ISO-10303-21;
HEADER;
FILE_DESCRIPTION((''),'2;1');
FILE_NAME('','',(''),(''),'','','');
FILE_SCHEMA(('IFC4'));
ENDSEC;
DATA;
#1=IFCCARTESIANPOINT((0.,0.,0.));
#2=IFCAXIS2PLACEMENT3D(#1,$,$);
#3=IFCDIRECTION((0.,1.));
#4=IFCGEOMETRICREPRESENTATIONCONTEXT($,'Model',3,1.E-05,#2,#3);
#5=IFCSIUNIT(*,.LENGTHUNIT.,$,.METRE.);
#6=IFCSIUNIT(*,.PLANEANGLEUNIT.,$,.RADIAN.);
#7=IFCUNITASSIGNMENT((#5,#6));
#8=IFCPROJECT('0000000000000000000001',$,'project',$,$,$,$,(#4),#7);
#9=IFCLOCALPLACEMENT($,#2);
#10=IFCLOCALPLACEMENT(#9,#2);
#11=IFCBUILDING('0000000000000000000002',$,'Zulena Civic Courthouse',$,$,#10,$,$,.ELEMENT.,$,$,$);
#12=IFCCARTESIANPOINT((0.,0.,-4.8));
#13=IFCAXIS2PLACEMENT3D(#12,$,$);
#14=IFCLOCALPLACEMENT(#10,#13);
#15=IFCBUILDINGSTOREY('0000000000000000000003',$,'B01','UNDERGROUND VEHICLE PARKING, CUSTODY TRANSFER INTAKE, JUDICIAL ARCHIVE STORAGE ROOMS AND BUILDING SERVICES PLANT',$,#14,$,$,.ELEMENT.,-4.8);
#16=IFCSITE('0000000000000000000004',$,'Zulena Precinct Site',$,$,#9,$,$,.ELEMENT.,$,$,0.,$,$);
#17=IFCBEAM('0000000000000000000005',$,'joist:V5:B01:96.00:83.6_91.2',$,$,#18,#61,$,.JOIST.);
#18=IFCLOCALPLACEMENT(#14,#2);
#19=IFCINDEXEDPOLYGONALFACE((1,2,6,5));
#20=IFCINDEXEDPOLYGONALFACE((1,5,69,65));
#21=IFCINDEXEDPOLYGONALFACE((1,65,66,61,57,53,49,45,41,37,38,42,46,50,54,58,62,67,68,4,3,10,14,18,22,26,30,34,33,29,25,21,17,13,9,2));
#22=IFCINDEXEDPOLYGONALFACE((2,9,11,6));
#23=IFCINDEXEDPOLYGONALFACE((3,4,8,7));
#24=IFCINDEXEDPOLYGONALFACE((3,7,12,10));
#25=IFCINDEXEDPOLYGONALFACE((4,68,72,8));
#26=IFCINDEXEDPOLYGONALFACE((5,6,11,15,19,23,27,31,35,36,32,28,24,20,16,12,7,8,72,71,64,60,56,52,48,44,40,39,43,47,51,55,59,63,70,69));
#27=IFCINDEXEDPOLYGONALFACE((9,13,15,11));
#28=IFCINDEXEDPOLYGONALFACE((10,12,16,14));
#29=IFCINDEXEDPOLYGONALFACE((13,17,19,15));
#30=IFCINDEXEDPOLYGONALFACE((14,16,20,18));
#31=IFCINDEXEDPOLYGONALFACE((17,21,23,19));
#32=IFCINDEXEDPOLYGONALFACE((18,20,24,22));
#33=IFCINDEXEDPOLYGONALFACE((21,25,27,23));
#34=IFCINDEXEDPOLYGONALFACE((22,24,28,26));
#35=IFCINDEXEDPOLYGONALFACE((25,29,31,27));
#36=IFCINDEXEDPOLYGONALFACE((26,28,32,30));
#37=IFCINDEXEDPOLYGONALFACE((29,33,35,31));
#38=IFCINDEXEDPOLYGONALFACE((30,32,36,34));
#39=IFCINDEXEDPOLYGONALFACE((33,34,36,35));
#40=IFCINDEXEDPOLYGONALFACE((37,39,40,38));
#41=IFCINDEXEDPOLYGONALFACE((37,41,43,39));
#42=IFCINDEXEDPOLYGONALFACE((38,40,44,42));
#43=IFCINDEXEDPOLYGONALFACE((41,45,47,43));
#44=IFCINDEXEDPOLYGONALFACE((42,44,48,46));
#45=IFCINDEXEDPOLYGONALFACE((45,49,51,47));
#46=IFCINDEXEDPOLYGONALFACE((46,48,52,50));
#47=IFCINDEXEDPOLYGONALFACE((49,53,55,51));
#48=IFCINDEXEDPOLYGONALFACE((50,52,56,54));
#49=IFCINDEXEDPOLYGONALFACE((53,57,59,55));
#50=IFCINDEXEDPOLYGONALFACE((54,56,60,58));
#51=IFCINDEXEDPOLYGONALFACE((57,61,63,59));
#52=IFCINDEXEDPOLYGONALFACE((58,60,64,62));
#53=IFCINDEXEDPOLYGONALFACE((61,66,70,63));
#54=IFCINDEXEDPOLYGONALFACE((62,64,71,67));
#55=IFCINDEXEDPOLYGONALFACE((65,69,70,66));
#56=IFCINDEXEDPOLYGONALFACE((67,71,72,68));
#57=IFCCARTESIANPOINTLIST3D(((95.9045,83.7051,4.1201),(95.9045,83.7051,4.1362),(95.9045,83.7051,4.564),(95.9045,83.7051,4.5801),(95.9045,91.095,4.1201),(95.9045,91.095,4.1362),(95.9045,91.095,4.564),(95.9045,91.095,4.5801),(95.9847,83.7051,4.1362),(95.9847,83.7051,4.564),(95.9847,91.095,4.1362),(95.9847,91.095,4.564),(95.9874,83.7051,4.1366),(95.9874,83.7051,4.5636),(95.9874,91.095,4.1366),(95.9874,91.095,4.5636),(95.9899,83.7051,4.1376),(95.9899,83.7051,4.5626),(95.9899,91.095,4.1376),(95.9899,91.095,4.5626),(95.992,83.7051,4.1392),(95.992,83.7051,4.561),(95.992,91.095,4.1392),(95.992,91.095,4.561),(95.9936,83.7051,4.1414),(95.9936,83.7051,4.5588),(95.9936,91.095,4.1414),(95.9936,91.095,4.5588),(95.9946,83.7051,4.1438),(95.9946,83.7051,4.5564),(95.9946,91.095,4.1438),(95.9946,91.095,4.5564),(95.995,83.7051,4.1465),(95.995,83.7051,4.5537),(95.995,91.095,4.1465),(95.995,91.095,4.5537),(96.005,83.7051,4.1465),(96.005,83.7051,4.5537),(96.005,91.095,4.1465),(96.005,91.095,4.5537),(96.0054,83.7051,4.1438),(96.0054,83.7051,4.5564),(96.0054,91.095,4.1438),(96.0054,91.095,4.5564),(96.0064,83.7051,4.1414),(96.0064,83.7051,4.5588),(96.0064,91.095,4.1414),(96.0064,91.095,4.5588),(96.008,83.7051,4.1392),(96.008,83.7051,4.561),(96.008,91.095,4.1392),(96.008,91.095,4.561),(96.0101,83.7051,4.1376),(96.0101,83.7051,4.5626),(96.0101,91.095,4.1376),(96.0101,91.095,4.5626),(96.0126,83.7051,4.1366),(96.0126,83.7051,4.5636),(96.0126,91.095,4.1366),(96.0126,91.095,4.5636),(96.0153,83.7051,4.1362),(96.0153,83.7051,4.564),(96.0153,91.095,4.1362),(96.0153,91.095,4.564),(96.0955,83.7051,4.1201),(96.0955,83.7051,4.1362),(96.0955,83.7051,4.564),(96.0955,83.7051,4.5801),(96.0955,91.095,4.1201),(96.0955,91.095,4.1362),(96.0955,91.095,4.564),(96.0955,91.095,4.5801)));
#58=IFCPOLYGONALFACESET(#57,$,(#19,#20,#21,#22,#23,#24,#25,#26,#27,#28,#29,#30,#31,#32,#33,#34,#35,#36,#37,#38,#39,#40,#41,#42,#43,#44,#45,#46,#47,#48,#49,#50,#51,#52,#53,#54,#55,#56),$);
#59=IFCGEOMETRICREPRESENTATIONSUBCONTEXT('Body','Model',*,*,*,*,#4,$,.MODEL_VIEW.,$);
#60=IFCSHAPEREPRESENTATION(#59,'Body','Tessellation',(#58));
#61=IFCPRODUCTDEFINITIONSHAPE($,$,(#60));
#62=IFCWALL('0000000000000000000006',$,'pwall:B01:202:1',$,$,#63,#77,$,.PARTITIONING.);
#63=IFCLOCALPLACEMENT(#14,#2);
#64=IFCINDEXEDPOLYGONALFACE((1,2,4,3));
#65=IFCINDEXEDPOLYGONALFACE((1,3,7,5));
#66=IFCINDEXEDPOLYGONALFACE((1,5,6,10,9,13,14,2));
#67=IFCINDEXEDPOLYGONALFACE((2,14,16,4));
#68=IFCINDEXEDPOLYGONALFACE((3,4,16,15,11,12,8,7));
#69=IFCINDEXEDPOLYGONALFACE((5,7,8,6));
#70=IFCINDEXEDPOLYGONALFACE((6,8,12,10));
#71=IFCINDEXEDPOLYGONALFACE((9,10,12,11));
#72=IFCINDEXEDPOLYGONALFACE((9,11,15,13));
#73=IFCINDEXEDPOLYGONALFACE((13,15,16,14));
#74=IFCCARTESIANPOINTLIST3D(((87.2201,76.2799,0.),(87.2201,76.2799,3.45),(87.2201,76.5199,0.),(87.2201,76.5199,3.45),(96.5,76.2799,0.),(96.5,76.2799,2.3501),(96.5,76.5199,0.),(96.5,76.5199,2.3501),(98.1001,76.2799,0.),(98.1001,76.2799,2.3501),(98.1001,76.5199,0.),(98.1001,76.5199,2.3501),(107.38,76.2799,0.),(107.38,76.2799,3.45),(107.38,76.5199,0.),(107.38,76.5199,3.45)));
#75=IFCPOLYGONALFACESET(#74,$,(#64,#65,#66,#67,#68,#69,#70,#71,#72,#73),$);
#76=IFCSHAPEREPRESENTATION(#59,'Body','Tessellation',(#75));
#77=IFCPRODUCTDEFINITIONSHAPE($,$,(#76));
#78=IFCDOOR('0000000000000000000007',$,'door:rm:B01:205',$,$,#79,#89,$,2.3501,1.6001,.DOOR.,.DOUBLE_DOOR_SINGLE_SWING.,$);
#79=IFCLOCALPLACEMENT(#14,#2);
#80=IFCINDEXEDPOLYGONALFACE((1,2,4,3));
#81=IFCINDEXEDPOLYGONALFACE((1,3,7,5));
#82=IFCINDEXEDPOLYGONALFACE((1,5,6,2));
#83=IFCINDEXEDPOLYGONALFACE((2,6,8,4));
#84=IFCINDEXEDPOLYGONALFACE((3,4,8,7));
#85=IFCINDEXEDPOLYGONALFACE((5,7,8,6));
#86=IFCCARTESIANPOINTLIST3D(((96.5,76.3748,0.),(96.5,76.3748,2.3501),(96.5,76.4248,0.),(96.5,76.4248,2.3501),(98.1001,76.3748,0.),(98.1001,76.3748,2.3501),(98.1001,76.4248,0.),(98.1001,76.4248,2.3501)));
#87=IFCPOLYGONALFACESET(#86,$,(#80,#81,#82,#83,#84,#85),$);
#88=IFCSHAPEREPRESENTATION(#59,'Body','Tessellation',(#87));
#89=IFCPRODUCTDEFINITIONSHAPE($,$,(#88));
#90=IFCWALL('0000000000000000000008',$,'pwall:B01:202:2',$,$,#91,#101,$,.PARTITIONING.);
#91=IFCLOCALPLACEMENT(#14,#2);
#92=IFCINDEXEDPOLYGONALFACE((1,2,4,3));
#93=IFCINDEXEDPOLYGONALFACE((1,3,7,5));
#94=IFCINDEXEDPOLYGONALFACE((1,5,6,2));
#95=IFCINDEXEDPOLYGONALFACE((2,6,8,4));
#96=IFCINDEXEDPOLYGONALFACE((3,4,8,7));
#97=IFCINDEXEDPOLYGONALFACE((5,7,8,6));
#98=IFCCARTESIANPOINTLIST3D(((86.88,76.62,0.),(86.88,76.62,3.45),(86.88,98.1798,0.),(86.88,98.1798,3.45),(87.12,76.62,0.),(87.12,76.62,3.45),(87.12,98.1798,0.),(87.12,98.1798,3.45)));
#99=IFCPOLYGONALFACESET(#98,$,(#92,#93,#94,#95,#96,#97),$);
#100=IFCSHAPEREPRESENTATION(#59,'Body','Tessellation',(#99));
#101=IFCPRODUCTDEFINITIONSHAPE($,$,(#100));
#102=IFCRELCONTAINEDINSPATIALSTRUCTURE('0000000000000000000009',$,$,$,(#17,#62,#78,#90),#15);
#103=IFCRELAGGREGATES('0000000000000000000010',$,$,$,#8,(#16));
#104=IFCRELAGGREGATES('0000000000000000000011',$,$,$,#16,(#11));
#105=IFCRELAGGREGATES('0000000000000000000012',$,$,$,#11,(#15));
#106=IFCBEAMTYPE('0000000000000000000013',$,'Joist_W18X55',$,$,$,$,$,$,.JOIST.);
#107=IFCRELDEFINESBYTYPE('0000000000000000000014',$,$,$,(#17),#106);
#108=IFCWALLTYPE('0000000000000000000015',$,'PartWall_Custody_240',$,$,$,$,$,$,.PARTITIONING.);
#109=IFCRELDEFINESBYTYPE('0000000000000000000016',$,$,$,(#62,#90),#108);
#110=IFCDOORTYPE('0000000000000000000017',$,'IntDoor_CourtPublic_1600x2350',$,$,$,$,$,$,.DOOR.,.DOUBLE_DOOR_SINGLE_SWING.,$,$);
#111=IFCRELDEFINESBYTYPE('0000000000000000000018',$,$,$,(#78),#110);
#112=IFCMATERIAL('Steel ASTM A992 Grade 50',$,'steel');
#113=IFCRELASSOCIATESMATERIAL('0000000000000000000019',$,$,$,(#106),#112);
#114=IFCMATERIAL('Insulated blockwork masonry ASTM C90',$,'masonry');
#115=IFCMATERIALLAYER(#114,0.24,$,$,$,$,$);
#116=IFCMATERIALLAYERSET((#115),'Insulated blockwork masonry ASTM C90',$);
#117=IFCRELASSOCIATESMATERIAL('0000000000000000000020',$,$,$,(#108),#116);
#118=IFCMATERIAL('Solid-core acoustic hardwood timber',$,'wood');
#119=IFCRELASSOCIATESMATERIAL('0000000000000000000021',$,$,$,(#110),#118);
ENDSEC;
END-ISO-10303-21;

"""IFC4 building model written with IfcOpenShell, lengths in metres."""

from ifc_helpers import new_model, si_unit, direction, frame, frame_2d, origin, origin_2d, place, context, subcontext, project, spatial, rectangle, i_section, extrude, material, layer, layer_set, material_profile, profile_set, type_object, element, fill, save


model = new_model("IFC4")

# Units and contexts
model_context = context("Model", 3, precision=1e-05, world=origin(), true_north=direction((0.0, 1.0)))
body_context = subcontext(model_context, "Body", "Model", "MODEL_VIEW")
ifc_project = project(units=[si_unit("LENGTHUNIT", "METRE"), si_unit("PLANEANGLEUNIT", "RADIAN")], contexts=[model_context])

# Site, building, storey
site_placement = place(None, origin())
site = spatial("IfcSite", under=ifc_project, at=site_placement, Name="Zulena Precinct Site", CompositionType="ELEMENT", RefElevation=0.0)
building_placement = place(site_placement, origin())
building = spatial("IfcBuilding", under=site, at=building_placement, Name="Zulena Civic Courthouse", CompositionType="ELEMENT")
storey_placement = place(building_placement, frame((0.0, 0.0, -4.8)))
storey = spatial("IfcBuildingStorey", under=building, at=storey_placement, Name="B01", Description="UNDERGROUND VEHICLE PARKING, CUSTODY TRANSFER INTAKE, JUDICIAL ARCHIVE STORAGE ROOMS AND BUILDING SERVICES PLANT", CompositionType="ELEMENT", Elevation=-4.8)

# Shared definitions
ifc_material_1 = material(Name="Steel ASTM A992 Grade 50", Category="steel")

# Beam
ifc_material_profile_1 = material_profile(ifc_material_1, i_section(OverallWidth=0.1909, OverallDepth=0.46, WebThickness=0.01, FlangeThickness=0.0161, FilletRadius=0.0103, at=origin_2d()), Name="W18X55")
ifc_profile_set_1 = profile_set([ifc_material_profile_1], Name="Steel ASTM A992 Grade 50")
beam_type_1 = type_object("IfcBeamType", Name="Joist_W18X55", PredefinedType="JOIST", material=ifc_profile_set_1)
beam_1_placement = place(storey_placement, frame((96.0, 83.7051, 4.3501), z_axis=(0.0, 1.0, 0.0), x_axis=(-1.0, 0.0, 0.0)))
element("IfcBeam", 1, at=beam_1_placement, inside=storey, type_object=beam_type_1, Name="joist:V5:B01:96.00:83.6_91.2", PredefinedType="JOIST", context=body_context, shape_type="SweptSolid", body=[
    extrude(i_section(OverallWidth=0.1909, OverallDepth=0.46, WebThickness=0.01, FlangeThickness=0.0161, FilletRadius=0.0103, at=origin_2d()), origin(), (0.0, 0.0, 1.0), 7.3899),
])

# Wall, opening, door
ifc_material_2 = material(Name="Insulated blockwork masonry ASTM C90", Category="masonry")
ifc_layer = layer(ifc_material_2, 0.24)
ifc_layer_set = layer_set([ifc_layer], Name="Insulated blockwork masonry ASTM C90")
wall_type = type_object("IfcWallType", Name="PartWall_Custody_240", PredefinedType="PARTITIONING", material=ifc_layer_set)
wall_1_placement = place(storey_placement, frame((87.22, 76.3999, 0.0), z_axis=(0.0, 0.0, 1.0), x_axis=(1.0, 0.0, 0.0)))
wall_1 = element("IfcWall", 2, at=wall_1_placement, inside=storey, type_object=wall_type, Name="pwall:B01:202:1", PredefinedType="PARTITIONING", context=body_context, shape_type="SweptSolid", body=[
    extrude(rectangle(XDim=20.1599, YDim=0.24, at=frame_2d((10.0801, 0.0))), origin(), (0.0, 0.0, 1.0), 3.45),
])
opening_placement = place(wall_1_placement, frame((9.28, 0.0, 0.0)))
opening = element("IfcOpeningElement", 3, at=opening_placement, cuts=wall_1, PredefinedType="OPENING", context=body_context, shape_type="SweptSolid", body=[
    extrude(rectangle(XDim=1.6001, YDim=2.3501, at=frame_2d((0.8, 1.175))), frame((0.0, 0.1299, 0.0), z_axis=(0.0, -1.0, 0.0), x_axis=(1.0, 0.0, 0.0)), (0.0, 0.0, 1.0), 0.26),
])
ifc_material_3 = material(Name="Solid-core acoustic hardwood timber", Category="wood")
door_type = type_object("IfcDoorType", Name="IntDoor_CourtPublic_1600x2350", OperationType="DOUBLE_DOOR_SINGLE_SWING", PredefinedType="DOOR", material=ifc_material_3)
door_placement = place(opening_placement, origin())
door = element("IfcDoor", 4, at=door_placement, inside=storey, type_object=door_type, Name="door:rm:B01:205", OperationType="DOUBLE_DOOR_SINGLE_SWING", OverallHeight=2.3501, OverallWidth=1.6001, PredefinedType="DOOR", context=body_context, shape_type="SweptSolid", body=[
    extrude(rectangle(XDim=1.6001, YDim=2.3501, at=frame_2d((0.8, 1.175))), frame((0.0, 0.0249, 0.0), z_axis=(0.0, -1.0, 0.0), x_axis=(1.0, 0.0, 0.0)), (0.0, 0.0, 1.0), 0.05),
])
fill(opening, door)

# Wall
wall_2_placement = place(storey_placement, frame((87.0, 76.6201, 0.0), z_axis=(0.0, 0.0, 1.0), x_axis=(0.0, 1.0, 0.0)))
element("IfcWall", 5, at=wall_2_placement, inside=storey, type_object=wall_type, Name="pwall:B01:202:2", PredefinedType="PARTITIONING", context=body_context, shape_type="SweptSolid", body=[
    extrude(rectangle(XDim=21.5598, YDim=0.24, at=frame_2d((10.7798, 0.0))), origin(), (0.0, 0.0, 1.0), 3.45),
])

save(model, "model.ifc")
